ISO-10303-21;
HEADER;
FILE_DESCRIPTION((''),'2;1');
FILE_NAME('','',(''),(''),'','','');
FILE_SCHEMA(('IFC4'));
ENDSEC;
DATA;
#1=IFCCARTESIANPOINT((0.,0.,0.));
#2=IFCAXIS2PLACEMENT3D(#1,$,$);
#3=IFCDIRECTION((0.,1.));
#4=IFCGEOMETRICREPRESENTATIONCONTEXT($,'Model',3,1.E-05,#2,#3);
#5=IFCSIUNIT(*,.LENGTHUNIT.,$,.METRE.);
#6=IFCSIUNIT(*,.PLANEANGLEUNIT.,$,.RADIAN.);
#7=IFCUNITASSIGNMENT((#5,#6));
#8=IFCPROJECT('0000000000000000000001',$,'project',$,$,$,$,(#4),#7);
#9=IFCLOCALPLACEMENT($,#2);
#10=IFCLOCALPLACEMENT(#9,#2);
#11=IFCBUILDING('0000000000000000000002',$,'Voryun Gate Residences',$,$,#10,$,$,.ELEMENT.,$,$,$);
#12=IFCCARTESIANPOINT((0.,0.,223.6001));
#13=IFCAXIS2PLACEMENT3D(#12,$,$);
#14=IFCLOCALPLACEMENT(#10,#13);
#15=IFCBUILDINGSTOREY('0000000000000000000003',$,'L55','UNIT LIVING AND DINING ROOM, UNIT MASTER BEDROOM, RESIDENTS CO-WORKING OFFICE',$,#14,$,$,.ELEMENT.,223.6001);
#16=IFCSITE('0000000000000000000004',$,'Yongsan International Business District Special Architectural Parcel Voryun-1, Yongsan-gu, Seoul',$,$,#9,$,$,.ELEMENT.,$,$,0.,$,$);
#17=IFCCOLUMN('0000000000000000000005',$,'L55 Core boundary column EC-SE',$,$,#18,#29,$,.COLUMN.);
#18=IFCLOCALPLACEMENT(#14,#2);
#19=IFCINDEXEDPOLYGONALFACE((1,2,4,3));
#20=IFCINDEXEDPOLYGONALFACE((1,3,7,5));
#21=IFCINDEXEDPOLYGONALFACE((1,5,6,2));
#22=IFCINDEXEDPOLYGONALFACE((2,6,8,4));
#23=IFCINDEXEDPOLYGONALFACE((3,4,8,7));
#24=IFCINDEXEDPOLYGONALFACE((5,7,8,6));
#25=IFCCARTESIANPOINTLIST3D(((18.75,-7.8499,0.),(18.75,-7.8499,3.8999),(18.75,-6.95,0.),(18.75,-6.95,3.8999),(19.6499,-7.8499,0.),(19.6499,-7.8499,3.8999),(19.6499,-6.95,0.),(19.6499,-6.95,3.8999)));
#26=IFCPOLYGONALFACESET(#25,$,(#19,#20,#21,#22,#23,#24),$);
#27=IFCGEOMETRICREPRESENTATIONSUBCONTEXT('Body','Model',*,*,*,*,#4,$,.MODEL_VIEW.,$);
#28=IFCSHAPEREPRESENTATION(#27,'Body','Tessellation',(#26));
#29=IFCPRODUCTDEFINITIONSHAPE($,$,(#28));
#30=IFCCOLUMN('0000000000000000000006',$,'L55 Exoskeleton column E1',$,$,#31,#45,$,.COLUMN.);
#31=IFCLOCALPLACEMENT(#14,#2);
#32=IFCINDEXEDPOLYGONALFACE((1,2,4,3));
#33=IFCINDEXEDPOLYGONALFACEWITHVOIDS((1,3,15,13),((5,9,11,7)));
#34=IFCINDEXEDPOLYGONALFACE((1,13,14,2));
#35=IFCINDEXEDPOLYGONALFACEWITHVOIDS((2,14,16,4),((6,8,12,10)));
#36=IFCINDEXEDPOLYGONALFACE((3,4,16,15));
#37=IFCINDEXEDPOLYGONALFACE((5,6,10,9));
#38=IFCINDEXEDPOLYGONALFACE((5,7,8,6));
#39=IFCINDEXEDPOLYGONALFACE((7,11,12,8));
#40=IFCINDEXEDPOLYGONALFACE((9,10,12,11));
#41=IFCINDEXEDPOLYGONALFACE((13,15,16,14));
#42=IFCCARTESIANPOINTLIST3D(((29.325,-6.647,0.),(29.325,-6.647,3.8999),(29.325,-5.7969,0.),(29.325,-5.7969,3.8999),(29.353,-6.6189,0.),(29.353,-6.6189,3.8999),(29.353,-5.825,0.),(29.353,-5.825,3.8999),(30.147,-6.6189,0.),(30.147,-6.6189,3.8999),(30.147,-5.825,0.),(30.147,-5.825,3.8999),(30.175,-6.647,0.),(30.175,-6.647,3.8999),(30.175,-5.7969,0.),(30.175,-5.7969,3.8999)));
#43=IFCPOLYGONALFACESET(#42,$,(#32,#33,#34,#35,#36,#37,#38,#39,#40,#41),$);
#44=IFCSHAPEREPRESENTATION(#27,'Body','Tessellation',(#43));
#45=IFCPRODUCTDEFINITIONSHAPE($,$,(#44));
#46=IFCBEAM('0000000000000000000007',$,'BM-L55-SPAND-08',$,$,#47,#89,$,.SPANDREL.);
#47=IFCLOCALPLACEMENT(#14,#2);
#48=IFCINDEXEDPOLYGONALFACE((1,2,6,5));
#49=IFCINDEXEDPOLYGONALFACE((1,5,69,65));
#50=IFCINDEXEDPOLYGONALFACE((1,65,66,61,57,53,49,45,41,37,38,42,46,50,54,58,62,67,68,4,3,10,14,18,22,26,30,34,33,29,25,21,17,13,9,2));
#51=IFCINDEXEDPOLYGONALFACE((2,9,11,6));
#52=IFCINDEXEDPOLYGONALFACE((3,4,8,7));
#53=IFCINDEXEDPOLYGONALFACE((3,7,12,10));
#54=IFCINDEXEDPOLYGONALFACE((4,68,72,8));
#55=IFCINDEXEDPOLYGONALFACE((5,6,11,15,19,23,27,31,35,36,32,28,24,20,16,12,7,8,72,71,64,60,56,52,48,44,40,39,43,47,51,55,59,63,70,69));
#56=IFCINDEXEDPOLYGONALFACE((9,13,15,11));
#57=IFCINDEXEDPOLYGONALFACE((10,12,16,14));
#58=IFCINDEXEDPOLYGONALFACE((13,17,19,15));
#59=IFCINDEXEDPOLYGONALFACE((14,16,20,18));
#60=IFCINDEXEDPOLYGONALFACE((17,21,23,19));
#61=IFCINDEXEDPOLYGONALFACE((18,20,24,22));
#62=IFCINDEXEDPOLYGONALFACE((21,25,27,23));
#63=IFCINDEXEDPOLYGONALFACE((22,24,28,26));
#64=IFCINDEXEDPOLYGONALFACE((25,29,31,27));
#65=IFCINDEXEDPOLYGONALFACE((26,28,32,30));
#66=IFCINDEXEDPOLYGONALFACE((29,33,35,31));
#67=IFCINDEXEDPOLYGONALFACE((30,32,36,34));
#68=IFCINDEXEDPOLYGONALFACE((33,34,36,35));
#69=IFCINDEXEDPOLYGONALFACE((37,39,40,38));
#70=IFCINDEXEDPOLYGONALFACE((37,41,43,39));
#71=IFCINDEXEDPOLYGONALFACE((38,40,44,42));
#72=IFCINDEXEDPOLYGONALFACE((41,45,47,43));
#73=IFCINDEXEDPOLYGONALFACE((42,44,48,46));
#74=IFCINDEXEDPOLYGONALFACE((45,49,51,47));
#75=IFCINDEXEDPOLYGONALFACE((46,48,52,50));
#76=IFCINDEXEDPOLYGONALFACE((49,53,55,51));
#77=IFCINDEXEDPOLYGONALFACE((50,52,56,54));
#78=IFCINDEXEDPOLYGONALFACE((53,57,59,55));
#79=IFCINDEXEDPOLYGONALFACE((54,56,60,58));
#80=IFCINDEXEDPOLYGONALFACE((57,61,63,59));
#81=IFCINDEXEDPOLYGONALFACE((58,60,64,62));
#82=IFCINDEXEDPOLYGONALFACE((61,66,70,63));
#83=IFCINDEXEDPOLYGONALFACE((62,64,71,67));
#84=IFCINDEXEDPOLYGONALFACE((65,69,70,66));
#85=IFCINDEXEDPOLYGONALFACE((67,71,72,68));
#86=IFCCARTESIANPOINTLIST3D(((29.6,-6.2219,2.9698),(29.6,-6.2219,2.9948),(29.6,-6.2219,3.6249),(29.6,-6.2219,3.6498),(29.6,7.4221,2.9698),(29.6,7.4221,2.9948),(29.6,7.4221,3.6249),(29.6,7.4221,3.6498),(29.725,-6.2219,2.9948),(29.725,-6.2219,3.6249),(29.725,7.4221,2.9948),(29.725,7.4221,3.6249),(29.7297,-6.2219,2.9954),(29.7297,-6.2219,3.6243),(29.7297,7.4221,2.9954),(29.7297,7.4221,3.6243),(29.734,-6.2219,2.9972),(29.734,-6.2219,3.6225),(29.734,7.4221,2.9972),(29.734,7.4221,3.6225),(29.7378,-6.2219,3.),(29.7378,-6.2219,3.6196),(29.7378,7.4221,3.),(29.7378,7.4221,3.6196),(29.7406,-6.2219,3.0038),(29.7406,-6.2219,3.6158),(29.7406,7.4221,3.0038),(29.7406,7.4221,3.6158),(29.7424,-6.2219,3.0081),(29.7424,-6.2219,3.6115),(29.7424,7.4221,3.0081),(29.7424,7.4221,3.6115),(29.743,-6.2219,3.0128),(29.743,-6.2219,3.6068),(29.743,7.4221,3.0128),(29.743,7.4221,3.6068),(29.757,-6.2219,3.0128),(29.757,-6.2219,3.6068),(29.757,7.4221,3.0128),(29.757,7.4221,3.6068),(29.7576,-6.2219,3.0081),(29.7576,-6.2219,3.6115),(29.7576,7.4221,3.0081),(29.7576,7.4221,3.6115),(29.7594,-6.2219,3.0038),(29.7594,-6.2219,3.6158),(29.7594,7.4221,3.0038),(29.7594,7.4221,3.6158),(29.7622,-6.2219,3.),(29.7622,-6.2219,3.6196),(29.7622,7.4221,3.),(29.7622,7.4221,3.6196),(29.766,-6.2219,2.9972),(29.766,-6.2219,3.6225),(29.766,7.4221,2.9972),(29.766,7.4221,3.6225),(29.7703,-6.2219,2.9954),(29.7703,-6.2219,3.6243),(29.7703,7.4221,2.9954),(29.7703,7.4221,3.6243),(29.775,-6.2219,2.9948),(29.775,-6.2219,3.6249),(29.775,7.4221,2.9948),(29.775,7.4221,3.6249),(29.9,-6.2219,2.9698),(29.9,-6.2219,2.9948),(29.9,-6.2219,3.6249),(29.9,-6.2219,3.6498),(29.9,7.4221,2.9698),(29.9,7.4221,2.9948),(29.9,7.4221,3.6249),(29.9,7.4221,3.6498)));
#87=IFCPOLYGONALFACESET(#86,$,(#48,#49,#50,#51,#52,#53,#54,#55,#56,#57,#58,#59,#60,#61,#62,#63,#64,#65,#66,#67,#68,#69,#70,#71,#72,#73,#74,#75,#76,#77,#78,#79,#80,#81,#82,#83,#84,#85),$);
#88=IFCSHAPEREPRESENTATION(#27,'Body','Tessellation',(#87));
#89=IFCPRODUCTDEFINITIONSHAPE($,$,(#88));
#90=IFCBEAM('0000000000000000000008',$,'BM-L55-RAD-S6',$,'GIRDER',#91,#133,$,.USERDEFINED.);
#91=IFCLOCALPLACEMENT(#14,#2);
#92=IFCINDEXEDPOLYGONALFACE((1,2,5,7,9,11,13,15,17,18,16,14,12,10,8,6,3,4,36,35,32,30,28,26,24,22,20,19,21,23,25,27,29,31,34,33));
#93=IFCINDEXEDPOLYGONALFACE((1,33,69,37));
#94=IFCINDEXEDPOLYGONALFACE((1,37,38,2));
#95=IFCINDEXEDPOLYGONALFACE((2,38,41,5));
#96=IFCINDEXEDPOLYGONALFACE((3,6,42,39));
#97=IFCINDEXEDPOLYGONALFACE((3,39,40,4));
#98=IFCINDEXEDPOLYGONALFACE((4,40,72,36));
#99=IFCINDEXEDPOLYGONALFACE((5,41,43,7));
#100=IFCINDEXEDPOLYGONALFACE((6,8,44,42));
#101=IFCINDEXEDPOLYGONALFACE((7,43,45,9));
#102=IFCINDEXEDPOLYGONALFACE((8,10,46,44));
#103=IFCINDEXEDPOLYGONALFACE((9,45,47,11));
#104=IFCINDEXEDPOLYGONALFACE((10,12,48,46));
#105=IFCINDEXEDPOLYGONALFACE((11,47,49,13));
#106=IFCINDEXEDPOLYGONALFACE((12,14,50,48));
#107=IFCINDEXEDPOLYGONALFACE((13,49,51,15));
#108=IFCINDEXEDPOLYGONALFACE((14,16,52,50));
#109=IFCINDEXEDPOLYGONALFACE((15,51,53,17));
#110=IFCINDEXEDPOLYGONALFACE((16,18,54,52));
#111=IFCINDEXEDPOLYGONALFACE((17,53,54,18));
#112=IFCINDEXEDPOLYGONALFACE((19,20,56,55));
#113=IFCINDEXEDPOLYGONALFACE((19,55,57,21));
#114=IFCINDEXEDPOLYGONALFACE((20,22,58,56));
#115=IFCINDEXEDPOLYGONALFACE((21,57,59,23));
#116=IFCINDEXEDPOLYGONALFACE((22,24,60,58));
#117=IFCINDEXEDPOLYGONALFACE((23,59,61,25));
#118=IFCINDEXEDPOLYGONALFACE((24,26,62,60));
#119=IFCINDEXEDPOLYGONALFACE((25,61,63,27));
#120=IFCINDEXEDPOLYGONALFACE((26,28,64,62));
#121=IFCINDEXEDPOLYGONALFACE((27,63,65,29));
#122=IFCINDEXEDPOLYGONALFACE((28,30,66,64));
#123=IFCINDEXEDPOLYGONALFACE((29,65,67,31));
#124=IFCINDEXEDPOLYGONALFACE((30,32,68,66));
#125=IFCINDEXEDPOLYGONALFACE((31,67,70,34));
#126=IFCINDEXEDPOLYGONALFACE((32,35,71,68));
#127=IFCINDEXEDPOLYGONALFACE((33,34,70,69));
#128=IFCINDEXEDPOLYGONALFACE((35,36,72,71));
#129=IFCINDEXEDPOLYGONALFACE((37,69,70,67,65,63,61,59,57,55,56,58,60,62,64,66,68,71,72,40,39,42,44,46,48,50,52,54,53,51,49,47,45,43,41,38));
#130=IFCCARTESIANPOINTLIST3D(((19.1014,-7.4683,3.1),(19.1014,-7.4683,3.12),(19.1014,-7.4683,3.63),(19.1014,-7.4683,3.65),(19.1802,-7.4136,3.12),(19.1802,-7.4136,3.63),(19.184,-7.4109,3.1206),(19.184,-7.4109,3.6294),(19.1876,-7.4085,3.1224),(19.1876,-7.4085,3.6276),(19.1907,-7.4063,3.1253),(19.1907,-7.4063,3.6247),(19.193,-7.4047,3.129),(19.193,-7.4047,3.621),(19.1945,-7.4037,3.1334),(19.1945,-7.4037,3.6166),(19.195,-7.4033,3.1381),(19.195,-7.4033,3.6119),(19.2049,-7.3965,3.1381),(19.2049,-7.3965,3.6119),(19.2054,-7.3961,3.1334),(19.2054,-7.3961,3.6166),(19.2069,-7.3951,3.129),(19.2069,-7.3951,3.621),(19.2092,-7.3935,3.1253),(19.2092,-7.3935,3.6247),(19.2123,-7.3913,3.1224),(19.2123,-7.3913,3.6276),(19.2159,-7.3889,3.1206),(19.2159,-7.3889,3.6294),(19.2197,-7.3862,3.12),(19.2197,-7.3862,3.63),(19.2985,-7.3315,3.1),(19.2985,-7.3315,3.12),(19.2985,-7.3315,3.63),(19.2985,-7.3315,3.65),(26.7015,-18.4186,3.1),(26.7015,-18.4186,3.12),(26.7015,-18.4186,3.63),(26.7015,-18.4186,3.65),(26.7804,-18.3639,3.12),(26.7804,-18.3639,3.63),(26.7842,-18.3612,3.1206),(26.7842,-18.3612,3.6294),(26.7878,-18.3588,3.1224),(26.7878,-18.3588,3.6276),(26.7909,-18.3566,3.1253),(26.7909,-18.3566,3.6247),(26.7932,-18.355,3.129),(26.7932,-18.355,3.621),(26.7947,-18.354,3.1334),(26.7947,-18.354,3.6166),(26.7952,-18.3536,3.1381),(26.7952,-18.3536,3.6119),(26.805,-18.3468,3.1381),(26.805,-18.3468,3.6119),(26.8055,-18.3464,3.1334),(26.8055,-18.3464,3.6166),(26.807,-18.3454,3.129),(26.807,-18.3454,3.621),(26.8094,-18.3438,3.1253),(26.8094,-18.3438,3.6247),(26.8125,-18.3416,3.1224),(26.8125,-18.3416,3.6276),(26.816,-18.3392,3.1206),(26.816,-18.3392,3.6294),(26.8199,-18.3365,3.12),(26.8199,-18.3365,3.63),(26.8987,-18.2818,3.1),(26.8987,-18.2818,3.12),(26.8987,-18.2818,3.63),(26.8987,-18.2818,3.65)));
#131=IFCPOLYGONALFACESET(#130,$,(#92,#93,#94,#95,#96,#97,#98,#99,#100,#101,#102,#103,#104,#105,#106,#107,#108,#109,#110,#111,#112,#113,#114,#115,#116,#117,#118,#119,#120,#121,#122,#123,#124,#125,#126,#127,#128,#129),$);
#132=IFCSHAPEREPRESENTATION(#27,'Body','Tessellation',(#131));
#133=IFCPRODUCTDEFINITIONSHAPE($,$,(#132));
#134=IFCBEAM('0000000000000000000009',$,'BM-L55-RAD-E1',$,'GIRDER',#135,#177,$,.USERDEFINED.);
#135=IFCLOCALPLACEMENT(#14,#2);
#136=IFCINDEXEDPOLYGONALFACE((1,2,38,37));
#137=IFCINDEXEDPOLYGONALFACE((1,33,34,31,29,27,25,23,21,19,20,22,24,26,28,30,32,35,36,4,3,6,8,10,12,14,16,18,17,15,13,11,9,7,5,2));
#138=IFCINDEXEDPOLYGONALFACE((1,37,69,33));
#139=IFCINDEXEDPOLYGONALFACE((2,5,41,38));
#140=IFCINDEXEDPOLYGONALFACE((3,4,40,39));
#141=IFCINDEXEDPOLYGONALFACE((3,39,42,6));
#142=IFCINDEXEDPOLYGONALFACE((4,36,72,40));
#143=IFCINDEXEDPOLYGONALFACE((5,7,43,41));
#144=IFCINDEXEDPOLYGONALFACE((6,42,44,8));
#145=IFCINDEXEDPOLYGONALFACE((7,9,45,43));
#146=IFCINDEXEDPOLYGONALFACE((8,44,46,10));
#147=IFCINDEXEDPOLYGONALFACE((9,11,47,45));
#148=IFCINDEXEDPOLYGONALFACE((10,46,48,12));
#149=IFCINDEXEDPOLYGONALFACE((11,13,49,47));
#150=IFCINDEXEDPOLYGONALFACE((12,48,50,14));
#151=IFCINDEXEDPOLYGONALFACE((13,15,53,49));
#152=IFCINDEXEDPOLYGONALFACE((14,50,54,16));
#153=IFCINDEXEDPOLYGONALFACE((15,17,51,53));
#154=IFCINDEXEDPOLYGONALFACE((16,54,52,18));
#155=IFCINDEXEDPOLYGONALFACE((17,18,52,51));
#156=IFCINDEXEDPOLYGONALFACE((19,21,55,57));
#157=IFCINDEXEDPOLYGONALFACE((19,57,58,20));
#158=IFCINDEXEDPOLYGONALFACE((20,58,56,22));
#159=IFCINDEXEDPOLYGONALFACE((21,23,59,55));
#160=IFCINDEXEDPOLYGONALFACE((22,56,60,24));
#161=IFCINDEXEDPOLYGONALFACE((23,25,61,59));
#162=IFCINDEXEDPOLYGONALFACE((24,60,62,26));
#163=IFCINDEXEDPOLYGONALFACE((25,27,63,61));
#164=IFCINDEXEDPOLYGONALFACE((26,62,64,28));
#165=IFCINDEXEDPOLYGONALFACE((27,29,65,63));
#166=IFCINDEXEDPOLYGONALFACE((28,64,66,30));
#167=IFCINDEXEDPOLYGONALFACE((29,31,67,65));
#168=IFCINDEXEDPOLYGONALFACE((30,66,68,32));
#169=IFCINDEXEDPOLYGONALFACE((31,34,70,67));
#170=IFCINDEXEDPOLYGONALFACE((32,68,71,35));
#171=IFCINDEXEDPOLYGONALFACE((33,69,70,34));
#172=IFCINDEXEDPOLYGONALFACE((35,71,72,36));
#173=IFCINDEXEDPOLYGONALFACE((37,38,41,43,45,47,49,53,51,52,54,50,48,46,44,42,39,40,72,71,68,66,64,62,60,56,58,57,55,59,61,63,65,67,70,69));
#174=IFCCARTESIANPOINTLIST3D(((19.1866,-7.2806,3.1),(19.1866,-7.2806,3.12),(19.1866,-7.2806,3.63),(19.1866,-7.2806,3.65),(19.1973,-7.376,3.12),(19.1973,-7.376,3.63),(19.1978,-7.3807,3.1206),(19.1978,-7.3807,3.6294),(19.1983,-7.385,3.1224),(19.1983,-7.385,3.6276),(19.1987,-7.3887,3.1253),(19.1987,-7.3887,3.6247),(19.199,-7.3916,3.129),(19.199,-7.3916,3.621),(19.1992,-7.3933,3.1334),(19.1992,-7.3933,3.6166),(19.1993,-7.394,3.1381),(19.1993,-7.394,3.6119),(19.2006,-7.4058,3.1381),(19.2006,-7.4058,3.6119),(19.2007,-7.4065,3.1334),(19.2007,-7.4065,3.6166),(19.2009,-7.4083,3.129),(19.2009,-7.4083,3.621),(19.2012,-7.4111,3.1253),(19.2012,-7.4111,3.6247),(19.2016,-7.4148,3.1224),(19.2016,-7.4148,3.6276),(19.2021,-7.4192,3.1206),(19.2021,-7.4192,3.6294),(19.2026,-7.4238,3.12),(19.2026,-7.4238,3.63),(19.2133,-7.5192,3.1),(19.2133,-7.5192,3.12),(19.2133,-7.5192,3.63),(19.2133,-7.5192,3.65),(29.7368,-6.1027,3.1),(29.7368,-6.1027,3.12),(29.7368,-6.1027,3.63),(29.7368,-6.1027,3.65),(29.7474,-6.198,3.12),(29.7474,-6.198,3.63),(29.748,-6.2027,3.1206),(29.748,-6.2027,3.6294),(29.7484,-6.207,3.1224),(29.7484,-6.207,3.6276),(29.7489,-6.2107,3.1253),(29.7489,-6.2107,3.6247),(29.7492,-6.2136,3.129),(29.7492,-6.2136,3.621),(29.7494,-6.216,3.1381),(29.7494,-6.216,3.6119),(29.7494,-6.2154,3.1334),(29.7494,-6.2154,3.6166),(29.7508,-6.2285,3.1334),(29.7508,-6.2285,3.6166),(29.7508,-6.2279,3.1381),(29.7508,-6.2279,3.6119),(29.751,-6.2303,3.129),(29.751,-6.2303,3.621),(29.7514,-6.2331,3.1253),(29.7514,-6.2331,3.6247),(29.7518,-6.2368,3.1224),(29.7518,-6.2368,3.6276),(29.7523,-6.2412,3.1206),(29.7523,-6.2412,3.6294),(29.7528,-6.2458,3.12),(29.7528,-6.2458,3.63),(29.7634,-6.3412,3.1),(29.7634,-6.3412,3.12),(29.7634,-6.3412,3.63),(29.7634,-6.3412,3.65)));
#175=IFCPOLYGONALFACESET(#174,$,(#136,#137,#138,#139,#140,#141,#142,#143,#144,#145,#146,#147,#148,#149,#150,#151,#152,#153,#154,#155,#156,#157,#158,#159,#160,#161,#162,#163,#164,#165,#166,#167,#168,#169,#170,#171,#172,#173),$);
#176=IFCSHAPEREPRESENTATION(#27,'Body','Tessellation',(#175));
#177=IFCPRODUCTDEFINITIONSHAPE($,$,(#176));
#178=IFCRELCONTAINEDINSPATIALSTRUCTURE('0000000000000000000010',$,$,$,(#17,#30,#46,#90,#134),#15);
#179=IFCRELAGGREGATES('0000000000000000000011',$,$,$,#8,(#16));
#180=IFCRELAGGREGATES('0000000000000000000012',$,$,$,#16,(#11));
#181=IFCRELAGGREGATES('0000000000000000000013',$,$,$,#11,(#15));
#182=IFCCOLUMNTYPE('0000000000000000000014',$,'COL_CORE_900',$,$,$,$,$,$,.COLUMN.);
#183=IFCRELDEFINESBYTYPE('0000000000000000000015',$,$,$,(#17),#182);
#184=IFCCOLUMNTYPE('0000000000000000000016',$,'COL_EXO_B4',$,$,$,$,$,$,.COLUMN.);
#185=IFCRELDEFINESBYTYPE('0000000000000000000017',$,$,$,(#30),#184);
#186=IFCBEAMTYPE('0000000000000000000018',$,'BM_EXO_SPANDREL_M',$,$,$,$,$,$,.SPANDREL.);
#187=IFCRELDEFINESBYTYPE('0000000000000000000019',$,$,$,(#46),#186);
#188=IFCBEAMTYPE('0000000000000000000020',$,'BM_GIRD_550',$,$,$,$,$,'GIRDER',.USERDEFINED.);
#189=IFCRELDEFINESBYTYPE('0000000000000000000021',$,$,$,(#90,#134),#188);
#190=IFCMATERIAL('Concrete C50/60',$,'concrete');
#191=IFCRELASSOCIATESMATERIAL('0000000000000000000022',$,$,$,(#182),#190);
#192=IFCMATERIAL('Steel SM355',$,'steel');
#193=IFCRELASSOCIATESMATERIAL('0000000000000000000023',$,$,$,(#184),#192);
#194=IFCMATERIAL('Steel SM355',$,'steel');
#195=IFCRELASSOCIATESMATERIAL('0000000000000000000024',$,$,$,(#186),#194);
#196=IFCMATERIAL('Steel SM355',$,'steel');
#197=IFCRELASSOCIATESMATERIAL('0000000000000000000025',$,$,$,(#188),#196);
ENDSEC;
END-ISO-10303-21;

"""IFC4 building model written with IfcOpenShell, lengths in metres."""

from ifc_helpers import new_model, si_unit, direction, frame, origin, origin_2d, place, context, subcontext, project, spatial, rectangle, hollow_rectangle, i_section, extrude, material, material_profile, profile_set, type_object, element, save


model = new_model("IFC4")

# Units and contexts
model_context = context("Model", 3, precision=1e-05, world=origin(), true_north=direction((0.0, 1.0)))
body_context = subcontext(model_context, "Body", "Model", "MODEL_VIEW")
ifc_project = project(units=[si_unit("LENGTHUNIT", "METRE"), si_unit("PLANEANGLEUNIT", "RADIAN")], contexts=[model_context])

# Site, building, storey
site_placement = place(None, origin())
site = spatial("IfcSite", under=ifc_project, at=site_placement, Name="Yongsan International Business District Special Architectural Parcel Voryun-1, Yongsan-gu, Seoul", CompositionType="ELEMENT", RefElevation=0.0)
building_placement = place(site_placement, origin())
building = spatial("IfcBuilding", under=site, at=building_placement, Name="Voryun Gate Residences", CompositionType="ELEMENT")
storey_placement = place(building_placement, frame((0.0, 0.0, 223.6001)))
storey = spatial("IfcBuildingStorey", under=building, at=storey_placement, Name="L55", Description="UNIT LIVING AND DINING ROOM, UNIT MASTER BEDROOM, RESIDENTS CO-WORKING OFFICE", CompositionType="ELEMENT", Elevation=223.6001)

# Columns
ifc_material_1 = material(Name="Concrete C50/60", Category="concrete")
ifc_material_profile_1 = material_profile(ifc_material_1, rectangle(XDim=0.8999, YDim=0.8999, at=origin_2d()), Name="RC-900x900")
ifc_profile_set_1 = profile_set([ifc_material_profile_1], Name="Concrete C50/60")
column_type_1 = type_object("IfcColumnType", Name="COL_CORE_900", PredefinedType="COLUMN", material=ifc_profile_set_1)
column_1_placement = place(storey_placement, frame((19.2, -7.3999, 0.0), z_axis=(0.0, 0.0, 1.0), x_axis=(1.0, 0.0, 0.0)))
element("IfcColumn", 1, at=column_1_placement, inside=storey, type_object=column_type_1, Name="L55 Core boundary column EC-SE", PredefinedType="COLUMN", context=body_context, shape_type="SweptSolid", body=[
    extrude(rectangle(XDim=0.8999, YDim=0.8999, at=origin_2d()), origin(), (0.0, 0.0, 1.0), 3.8999),
])
ifc_material_2 = material(Name="Steel SM355", Category="steel")
ifc_material_profile_2 = material_profile(ifc_material_2, hollow_rectangle(XDim=0.8501, YDim=0.8501, WallThickness=0.0281, at=origin_2d()), Name="BOX-850x850x28")
ifc_profile_set_2 = profile_set([ifc_material_profile_2], Name="Steel SM355")
column_type_2 = type_object("IfcColumnType", Name="COL_EXO_B4", PredefinedType="COLUMN", material=ifc_profile_set_2)
column_2_placement = place(storey_placement, frame((29.75, -6.2219, 0.0), z_axis=(0.0, 0.0, 1.0), x_axis=(1.0, 0.0, 0.0)))
element("IfcColumn", 2, at=column_2_placement, inside=storey, type_object=column_type_2, Name="L55 Exoskeleton column E1", PredefinedType="COLUMN", context=body_context, shape_type="SweptSolid", body=[
    extrude(hollow_rectangle(XDim=0.8501, YDim=0.8501, WallThickness=0.0281, at=origin_2d()), origin(), (0.0, 0.0, 1.0), 3.8999),
])

# Beams
ifc_material_3 = material(Name="Steel SM355", Category="steel")
ifc_material_profile_3 = material_profile(ifc_material_3, i_section(OverallWidth=0.3, OverallDepth=0.6799, WebThickness=0.0139, FlangeThickness=0.0249, FilletRadius=0.0181, at=origin_2d()), Name="H-680x300x14x25")
ifc_profile_set_3 = profile_set([ifc_material_profile_3], Name="Steel SM355")
beam_type_1 = type_object("IfcBeamType", Name="BM_EXO_SPANDREL_M", PredefinedType="SPANDREL", material=ifc_profile_set_3)
beam_1_placement = place(storey_placement, frame((29.75, -6.2219, 3.3098), z_axis=(0.0, 1.0, 0.0), x_axis=(-1.0, 0.0, 0.0)))
element("IfcBeam", 3, at=beam_1_placement, inside=storey, type_object=beam_type_1, Name="BM-L55-SPAND-08", PredefinedType="SPANDREL", context=body_context, shape_type="SweptSolid", body=[
    extrude(i_section(OverallWidth=0.3, OverallDepth=0.6799, WebThickness=0.0139, FlangeThickness=0.0249, FilletRadius=0.0181, at=origin_2d()), origin(), (0.0, 0.0, 1.0), 13.644),
])
ifc_material_4 = material(Name="Steel SM355", Category="steel")
ifc_material_profile_4 = material_profile(ifc_material_4, i_section(OverallWidth=0.24, OverallDepth=0.55, WebThickness=0.012, FlangeThickness=0.02, FilletRadius=0.0181, at=origin_2d()), Name="H-550x240x12x20")
ifc_profile_set_4 = profile_set([ifc_material_profile_4], Name="Steel SM355")
beam_type_2 = type_object("IfcBeamType", Name="BM_GIRD_550", ElementType="GIRDER", PredefinedType="USERDEFINED", material=ifc_profile_set_4)
beam_2_placement = place(storey_placement, frame((19.2, -7.3999, 3.375), z_axis=(0.570183, -0.821518, 0.0), x_axis=(0.821518, 0.570183, 0.0)))
element("IfcBeam", 4, at=beam_2_placement, inside=storey, type_object=beam_type_2, Name="BM-L55-RAD-S6", ObjectType="GIRDER", PredefinedType="USERDEFINED", context=body_context, shape_type="SweptSolid", body=[
    extrude(i_section(OverallWidth=0.24, OverallDepth=0.55, WebThickness=0.012, FlangeThickness=0.02, FilletRadius=0.0181, at=origin_2d()), origin(), (0.0, 0.0, 1.0), 13.3293),
])
beam_3_placement = place(storey_placement, frame((19.2, -7.3999, 3.375), z_axis=(0.993824, 0.110967, 0.0), x_axis=(-0.110967, 0.993824, 0.0)))
element("IfcBeam", 5, at=beam_3_placement, inside=storey, type_object=beam_type_2, Name="BM-L55-RAD-E1", ObjectType="GIRDER", PredefinedType="USERDEFINED", context=body_context, shape_type="SweptSolid", body=[
    extrude(i_section(OverallWidth=0.24, OverallDepth=0.55, WebThickness=0.012, FlangeThickness=0.02, FilletRadius=0.0181, at=origin_2d()), origin(), (0.0, 0.0, 1.0), 10.6157),
])

save(model, "model.ifc")
